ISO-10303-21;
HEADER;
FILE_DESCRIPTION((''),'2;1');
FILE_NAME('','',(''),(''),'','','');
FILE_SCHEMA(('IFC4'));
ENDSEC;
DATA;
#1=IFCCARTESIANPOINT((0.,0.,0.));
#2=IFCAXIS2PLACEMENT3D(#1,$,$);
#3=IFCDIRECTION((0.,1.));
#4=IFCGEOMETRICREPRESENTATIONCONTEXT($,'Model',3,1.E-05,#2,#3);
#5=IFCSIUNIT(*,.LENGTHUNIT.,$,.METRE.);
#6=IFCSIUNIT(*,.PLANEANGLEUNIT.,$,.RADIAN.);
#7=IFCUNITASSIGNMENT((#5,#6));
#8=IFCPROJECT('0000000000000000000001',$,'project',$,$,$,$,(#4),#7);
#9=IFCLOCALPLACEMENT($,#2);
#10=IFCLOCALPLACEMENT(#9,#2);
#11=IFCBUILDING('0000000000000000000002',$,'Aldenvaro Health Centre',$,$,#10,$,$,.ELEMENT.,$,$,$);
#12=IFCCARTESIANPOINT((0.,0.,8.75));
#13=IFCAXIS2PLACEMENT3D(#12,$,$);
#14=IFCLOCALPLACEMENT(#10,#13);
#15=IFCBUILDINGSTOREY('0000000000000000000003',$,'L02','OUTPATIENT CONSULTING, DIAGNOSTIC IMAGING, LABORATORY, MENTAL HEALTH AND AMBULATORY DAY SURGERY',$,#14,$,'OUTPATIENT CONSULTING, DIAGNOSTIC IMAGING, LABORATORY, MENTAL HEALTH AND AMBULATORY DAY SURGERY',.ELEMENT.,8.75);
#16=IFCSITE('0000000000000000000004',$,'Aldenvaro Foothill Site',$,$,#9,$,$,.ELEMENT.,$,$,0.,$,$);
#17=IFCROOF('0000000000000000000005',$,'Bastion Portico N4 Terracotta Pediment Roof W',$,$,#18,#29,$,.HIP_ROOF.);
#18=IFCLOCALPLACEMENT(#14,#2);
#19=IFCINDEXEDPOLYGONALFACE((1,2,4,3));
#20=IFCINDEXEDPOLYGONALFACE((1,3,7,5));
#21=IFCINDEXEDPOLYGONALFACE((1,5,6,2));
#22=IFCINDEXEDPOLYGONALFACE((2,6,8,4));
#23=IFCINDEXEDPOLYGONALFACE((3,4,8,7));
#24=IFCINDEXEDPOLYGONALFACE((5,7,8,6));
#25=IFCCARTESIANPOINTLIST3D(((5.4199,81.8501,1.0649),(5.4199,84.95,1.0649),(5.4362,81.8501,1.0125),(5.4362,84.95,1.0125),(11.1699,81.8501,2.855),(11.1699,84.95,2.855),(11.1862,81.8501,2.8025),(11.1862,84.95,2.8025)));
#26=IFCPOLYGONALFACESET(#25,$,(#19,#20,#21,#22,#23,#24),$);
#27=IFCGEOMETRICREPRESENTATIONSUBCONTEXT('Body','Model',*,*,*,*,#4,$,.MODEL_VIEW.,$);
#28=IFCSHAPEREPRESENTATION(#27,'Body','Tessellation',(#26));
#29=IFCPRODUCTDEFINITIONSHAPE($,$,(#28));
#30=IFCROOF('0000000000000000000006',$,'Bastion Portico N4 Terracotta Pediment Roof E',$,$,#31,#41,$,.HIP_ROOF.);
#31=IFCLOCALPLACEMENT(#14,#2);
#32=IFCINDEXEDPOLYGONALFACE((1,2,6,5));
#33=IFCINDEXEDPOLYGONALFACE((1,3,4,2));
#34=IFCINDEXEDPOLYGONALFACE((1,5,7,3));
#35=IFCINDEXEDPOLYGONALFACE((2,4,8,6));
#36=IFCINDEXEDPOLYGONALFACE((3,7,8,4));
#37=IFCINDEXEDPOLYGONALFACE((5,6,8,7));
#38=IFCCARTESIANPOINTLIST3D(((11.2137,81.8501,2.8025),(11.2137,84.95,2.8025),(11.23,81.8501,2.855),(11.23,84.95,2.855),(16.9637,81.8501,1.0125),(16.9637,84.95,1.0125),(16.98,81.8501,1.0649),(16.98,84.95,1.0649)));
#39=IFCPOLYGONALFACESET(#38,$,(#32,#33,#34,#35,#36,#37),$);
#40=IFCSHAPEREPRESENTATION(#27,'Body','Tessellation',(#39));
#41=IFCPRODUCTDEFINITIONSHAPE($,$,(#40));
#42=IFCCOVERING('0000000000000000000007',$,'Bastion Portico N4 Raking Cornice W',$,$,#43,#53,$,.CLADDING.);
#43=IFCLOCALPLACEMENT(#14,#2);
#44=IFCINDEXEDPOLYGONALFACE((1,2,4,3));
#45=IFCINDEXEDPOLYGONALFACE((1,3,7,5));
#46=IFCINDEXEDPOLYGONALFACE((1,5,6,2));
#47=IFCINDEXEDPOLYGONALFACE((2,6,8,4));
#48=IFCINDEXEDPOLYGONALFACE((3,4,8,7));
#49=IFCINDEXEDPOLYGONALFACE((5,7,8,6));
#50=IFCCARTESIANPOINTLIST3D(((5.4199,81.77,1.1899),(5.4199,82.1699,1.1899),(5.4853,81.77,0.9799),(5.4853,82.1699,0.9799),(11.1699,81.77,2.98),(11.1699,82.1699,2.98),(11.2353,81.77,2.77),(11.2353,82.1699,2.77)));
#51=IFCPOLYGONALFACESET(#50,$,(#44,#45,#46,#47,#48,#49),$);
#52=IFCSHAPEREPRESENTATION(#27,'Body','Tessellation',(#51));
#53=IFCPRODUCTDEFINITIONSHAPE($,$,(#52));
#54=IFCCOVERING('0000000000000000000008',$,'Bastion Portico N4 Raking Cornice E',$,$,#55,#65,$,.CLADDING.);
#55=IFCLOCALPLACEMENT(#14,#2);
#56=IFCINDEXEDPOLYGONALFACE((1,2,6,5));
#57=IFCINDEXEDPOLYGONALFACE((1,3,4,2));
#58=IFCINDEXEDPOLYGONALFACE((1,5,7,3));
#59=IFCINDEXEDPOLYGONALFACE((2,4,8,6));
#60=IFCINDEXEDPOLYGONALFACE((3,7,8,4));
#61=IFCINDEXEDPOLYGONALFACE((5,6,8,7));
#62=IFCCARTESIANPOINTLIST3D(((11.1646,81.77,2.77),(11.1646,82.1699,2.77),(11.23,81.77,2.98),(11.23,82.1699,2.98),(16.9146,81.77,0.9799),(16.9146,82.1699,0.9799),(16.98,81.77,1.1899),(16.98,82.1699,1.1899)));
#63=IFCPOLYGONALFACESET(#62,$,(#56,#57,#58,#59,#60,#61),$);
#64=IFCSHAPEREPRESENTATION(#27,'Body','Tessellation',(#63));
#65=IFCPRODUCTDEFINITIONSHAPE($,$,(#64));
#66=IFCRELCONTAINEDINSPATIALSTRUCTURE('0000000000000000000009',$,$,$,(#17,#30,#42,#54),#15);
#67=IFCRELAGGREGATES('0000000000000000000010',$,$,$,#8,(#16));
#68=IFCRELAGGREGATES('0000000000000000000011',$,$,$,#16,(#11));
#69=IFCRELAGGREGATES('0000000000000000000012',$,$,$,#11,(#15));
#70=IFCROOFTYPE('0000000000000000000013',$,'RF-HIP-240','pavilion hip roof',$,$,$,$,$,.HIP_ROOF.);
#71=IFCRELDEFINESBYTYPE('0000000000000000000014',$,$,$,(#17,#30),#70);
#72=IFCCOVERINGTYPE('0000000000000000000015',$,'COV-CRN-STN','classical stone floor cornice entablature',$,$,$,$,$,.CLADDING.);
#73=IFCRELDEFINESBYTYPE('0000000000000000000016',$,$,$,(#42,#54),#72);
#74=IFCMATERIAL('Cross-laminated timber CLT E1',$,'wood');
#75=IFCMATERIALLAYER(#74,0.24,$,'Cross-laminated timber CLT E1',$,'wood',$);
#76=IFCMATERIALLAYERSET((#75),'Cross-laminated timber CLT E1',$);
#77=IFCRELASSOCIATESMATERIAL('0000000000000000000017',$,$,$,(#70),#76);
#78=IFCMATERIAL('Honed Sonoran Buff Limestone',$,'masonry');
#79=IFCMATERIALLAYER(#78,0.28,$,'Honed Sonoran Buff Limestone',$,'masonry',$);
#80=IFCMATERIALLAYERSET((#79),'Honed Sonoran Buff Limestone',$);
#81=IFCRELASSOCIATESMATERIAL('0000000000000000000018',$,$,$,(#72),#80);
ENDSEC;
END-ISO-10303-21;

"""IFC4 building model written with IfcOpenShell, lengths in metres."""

from ifc_helpers import new_model, si_unit, direction, frame, origin, place, context, subcontext, project, spatial, polyline, outline, extrude, material, layer, layer_set, type_object, element, save


model = new_model("IFC4")

# Units and contexts
model_context = context("Model", 3, precision=1e-05, world=origin(), true_north=direction((0.0, 1.0)))
body_context = subcontext(model_context, "Body", "Model", "MODEL_VIEW")
ifc_project = project(units=[si_unit("LENGTHUNIT", "METRE"), si_unit("PLANEANGLEUNIT", "RADIAN")], contexts=[model_context])

# Site, building, storey
site_placement = place(None, origin())
site = spatial("IfcSite", under=ifc_project, at=site_placement, Name="Aldenvaro Foothill Site", CompositionType="ELEMENT", RefElevation=0.0)
building_placement = place(site_placement, origin())
building = spatial("IfcBuilding", under=site, at=building_placement, Name="Aldenvaro Health Centre", CompositionType="ELEMENT")
storey_placement = place(building_placement, frame((0.0, 0.0, 8.75)))
storey = spatial("IfcBuildingStorey", under=building, at=storey_placement, Name="L02", Description="OUTPATIENT CONSULTING, DIAGNOSTIC IMAGING, LABORATORY, MENTAL HEALTH AND AMBULATORY DAY SURGERY", LongName="OUTPATIENT CONSULTING, DIAGNOSTIC IMAGING, LABORATORY, MENTAL HEALTH AND AMBULATORY DAY SURGERY", CompositionType="ELEMENT", Elevation=8.75)

# Shared definitions
ifc_material_1 = material(Name="Cross-laminated timber CLT E1", Category="wood")

# Roofs
ifc_layer_1 = layer(ifc_material_1, 0.24, Name="Cross-laminated timber CLT E1", Category="wood")
ifc_layer_set_1 = layer_set([ifc_layer_1], Name="Cross-laminated timber CLT E1")
roof_type = type_object("IfcRoofType", Name="RF-HIP-240", Description="pavilion hip roof", PredefinedType="HIP_ROOF", material=ifc_layer_set_1)
for number, where, z_axis, x_axis, name in (
    (1, (5.4199, 81.8501, 1.0649), (-0.297241, 0.0, 0.954803), (0.954803, 0.0, 0.297241), "Bastion Portico N4 Terracotta Pediment Roof W"),
    (2, (11.23, 81.8501, 2.855), (0.297241, 0.0, 0.954803), (0.954803, 0.0, -0.297241), "Bastion Portico N4 Terracotta Pediment Roof E"),
):
    element("IfcRoof", number, at=place(storey_placement, frame(where, z_axis=z_axis, x_axis=x_axis)), inside=storey, type_object=roof_type, Name=name, PredefinedType="HIP_ROOF", context=body_context, shape_type="SweptSolid", body=[
        extrude(outline(polyline([(0.0, 0.0), (6.0222, 0.0), (6.0222, 3.0999), (0.0, 3.0999), (0.0, 0.0)])), origin(), (0.0, 0.0, -1.0), 0.0549),
    ])

# Coverings
ifc_material_2 = material(Name="Honed Sonoran Buff Limestone", Category="masonry")
ifc_layer_2 = layer(ifc_material_2, 0.28, Name="Honed Sonoran Buff Limestone", Category="masonry")
ifc_layer_set_2 = layer_set([ifc_layer_2], Name="Honed Sonoran Buff Limestone")
covering_type = type_object("IfcCoveringType", Name="COV-CRN-STN", Description="classical stone floor cornice entablature", PredefinedType="CLADDING", material=ifc_layer_set_2)
for number, where, z_axis, x_axis, name in (
    (3, (5.4199, 81.77, 1.1899), (-0.297241, 0.0, 0.954803), (0.954803, 0.0, 0.297241), "Bastion Portico N4 Raking Cornice W"),
    (4, (11.23, 81.77, 2.98), (0.297241, 0.0, 0.954803), (0.954803, 0.0, -0.297241), "Bastion Portico N4 Raking Cornice E"),
):
    element("IfcCovering", number, at=place(storey_placement, frame(where, z_axis=z_axis, x_axis=x_axis)), inside=storey, type_object=covering_type, Name=name, PredefinedType="CLADDING", context=body_context, shape_type="SweptSolid", body=[
        extrude(outline(polyline([(0.0, 0.0), (6.0222, 0.0), (6.0222, 0.3999), (0.0, 0.3999), (0.0, 0.0)])), origin(), (0.0, 0.0, -1.0), 0.22),
    ])

save(model, "model.ifc")
